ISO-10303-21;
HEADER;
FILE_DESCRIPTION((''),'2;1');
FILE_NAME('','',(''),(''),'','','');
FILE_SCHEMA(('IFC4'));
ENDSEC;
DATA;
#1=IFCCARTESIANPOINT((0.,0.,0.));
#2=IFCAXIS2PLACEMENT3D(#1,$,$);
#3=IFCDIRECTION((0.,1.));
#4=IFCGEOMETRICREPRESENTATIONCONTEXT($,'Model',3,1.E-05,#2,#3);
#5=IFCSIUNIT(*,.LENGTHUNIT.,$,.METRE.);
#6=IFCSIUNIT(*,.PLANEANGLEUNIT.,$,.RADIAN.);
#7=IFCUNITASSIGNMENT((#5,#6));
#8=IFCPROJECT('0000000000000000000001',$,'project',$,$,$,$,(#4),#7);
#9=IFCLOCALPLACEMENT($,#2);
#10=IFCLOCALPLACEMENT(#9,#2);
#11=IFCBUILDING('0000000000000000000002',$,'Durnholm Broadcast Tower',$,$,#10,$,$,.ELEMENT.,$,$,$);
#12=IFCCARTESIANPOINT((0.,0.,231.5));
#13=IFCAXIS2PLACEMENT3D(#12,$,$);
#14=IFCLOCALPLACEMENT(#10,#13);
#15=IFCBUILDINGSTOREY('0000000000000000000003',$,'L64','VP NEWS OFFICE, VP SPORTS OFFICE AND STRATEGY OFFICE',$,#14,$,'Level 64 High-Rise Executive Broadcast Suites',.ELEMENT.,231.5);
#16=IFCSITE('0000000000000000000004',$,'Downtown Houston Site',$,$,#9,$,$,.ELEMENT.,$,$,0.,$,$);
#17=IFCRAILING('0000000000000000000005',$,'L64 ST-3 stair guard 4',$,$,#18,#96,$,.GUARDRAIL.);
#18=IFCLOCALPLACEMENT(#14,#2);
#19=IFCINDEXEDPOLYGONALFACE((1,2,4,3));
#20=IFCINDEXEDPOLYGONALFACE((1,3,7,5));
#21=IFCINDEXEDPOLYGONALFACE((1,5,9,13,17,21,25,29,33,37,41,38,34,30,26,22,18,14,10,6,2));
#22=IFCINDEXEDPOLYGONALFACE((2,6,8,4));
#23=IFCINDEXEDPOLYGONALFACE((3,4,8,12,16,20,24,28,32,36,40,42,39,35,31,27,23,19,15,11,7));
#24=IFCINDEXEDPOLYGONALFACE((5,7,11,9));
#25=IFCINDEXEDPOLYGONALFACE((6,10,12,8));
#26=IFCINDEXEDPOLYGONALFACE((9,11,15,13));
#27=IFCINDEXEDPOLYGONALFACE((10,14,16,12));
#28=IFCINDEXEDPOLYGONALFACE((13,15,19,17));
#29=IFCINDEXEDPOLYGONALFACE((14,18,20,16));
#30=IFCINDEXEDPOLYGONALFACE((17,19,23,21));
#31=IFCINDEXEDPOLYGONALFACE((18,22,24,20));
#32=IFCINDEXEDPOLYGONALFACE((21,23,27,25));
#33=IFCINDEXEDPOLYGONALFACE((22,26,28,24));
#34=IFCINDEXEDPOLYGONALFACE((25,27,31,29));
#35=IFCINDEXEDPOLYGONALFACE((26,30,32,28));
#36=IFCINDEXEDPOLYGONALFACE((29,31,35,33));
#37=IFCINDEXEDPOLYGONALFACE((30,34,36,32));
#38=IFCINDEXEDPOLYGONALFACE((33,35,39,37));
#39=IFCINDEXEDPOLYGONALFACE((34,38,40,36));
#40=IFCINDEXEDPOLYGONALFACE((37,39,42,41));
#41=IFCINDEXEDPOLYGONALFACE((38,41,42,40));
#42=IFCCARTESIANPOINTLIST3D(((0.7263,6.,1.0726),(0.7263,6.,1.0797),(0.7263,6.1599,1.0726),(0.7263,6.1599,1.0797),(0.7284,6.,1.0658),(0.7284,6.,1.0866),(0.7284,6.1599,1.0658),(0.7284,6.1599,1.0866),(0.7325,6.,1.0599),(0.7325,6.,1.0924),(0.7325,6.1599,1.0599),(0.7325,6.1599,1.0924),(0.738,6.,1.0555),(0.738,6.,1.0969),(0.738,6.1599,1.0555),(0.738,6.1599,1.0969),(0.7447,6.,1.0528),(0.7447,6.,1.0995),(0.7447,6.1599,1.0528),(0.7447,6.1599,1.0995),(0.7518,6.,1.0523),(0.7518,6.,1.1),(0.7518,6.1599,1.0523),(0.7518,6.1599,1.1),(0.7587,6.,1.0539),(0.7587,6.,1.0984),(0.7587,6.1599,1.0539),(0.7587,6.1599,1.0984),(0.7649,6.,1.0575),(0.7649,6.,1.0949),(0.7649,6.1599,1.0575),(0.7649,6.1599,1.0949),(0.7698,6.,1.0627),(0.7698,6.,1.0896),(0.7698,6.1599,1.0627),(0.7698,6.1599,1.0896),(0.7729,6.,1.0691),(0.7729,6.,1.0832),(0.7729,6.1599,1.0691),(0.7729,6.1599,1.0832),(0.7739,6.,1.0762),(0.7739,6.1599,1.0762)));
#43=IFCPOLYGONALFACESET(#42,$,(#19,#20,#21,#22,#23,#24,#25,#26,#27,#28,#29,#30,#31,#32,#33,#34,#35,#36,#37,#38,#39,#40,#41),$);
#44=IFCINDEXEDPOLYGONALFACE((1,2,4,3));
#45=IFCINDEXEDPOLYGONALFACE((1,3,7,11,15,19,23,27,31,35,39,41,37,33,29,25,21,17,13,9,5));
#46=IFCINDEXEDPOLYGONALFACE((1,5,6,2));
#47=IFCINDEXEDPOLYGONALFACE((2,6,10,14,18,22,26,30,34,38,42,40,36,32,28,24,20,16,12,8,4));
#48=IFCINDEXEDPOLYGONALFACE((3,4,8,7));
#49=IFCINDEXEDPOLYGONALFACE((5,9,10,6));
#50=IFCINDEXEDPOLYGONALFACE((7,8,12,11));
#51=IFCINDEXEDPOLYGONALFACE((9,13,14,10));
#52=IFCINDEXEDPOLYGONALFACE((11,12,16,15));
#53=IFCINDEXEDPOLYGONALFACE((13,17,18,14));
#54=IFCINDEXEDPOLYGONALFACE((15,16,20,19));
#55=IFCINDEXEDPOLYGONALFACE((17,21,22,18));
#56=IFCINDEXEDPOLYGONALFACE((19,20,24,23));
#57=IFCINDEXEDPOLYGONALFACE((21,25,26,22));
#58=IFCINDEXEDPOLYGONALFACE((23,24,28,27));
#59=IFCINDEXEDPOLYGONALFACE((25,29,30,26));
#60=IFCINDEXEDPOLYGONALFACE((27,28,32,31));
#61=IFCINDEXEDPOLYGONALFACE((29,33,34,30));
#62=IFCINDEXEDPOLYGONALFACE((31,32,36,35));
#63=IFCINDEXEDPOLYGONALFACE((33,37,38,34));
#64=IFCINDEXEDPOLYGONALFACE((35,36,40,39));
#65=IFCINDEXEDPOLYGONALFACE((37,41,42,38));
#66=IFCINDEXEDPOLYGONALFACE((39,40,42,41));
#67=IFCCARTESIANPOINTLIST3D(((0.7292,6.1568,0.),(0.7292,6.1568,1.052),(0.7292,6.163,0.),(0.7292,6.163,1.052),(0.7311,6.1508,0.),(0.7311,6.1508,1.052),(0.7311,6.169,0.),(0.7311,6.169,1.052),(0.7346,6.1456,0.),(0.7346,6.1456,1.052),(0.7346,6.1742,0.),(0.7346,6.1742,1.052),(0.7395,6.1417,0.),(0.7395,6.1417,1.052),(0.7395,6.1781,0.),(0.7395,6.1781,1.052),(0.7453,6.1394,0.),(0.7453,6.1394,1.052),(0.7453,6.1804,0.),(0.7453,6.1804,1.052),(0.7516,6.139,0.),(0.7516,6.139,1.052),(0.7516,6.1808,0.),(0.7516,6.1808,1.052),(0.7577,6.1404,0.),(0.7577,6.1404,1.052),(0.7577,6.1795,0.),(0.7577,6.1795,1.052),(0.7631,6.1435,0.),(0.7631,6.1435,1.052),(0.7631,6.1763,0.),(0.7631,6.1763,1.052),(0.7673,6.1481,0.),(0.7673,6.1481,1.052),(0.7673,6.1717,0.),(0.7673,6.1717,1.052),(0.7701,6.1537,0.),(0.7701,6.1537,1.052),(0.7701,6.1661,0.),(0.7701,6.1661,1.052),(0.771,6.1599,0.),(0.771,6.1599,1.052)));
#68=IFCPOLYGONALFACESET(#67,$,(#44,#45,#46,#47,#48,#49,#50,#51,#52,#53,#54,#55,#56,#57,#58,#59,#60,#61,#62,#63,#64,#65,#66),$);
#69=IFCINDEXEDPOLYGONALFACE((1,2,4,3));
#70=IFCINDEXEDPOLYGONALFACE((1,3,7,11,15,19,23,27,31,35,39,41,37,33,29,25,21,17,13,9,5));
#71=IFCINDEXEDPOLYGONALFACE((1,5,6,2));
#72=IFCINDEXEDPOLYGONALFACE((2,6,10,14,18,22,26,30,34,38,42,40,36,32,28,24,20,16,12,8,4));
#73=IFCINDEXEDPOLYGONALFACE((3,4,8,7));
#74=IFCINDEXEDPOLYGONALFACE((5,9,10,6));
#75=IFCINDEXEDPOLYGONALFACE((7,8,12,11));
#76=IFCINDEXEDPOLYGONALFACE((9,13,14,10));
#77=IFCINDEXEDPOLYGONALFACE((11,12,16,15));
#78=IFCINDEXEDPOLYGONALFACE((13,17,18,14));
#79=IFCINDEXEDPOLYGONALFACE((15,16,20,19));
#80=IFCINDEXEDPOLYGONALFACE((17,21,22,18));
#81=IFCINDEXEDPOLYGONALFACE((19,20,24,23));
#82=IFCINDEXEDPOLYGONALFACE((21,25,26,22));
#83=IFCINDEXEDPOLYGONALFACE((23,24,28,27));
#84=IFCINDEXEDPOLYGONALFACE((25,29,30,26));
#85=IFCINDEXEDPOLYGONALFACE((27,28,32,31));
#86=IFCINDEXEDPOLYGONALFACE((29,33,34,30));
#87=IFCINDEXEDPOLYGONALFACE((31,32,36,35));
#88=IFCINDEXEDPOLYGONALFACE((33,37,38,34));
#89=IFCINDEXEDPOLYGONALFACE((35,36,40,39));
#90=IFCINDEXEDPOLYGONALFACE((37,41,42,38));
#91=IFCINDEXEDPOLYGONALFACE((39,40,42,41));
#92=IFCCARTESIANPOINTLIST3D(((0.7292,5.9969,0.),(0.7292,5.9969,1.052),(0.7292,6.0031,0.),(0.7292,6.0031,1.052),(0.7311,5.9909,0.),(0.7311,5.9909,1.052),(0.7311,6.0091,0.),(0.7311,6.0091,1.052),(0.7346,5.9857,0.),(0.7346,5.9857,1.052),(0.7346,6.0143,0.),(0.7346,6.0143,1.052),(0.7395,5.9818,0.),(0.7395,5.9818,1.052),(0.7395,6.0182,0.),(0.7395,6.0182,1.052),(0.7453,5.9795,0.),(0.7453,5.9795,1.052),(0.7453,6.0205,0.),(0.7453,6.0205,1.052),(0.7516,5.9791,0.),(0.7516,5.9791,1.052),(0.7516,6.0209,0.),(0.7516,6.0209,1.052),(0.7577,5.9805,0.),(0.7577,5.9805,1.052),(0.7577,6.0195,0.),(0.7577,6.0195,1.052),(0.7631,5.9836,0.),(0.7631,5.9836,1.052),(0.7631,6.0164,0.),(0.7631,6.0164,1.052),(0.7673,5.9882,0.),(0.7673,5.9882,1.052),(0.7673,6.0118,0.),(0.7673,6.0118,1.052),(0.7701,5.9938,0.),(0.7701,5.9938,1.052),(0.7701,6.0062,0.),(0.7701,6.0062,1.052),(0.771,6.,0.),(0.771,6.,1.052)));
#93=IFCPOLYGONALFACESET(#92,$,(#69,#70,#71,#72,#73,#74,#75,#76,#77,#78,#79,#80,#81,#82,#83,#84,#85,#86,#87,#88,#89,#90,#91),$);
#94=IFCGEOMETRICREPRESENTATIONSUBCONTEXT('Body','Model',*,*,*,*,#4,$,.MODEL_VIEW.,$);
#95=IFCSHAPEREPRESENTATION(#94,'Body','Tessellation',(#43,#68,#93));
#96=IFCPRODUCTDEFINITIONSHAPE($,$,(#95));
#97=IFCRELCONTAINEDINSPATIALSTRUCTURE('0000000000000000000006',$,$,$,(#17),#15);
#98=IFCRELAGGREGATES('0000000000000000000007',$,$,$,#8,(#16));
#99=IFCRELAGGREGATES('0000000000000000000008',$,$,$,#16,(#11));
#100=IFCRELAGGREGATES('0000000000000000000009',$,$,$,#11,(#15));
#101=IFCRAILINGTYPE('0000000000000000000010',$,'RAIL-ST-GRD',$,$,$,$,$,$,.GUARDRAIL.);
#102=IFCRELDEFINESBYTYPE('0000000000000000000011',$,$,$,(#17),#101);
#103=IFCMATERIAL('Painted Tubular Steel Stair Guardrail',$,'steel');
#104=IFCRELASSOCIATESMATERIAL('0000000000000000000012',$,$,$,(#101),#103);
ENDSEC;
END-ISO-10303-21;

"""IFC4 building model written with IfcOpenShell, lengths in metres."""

from ifc_helpers import new_model, si_unit, direction, frame, origin, origin_2d, place, context, subcontext, project, spatial, circle, extrude, material, type_object, element, save


model = new_model("IFC4")

# Units and contexts
model_context = context("Model", 3, precision=1e-05, world=origin(), true_north=direction((0.0, 1.0)))
body_context = subcontext(model_context, "Body", "Model", "MODEL_VIEW")
ifc_project = project(units=[si_unit("LENGTHUNIT", "METRE"), si_unit("PLANEANGLEUNIT", "RADIAN")], contexts=[model_context])

# Site, building, storey
site_placement = place(None, origin())
site = spatial("IfcSite", under=ifc_project, at=site_placement, Name="Downtown Houston Site", CompositionType="ELEMENT", RefElevation=0.0)
building_placement = place(site_placement, origin())
building = spatial("IfcBuilding", under=site, at=building_placement, Name="Durnholm Broadcast Tower", CompositionType="ELEMENT")
storey_placement = place(building_placement, frame((0.0, 0.0, 231.5)))
storey = spatial("IfcBuildingStorey", under=building, at=storey_placement, Name="L64", Description="VP NEWS OFFICE, VP SPORTS OFFICE AND STRATEGY OFFICE", LongName="Level 64 High-Rise Executive Broadcast Suites", CompositionType="ELEMENT", Elevation=231.5)

# Railing
ifc_material_1 = material(Name="Painted Tubular Steel Stair Guardrail", Category="steel")
railing_type = type_object("IfcRailingType", Name="RAIL-ST-GRD", PredefinedType="GUARDRAIL", material=ifc_material_1)
railing_1_placement = place(storey_placement, frame((0.75, 6.1599, 0.0)))
element("IfcRailing", 1, at=railing_1_placement, inside=storey, type_object=railing_type, Name="L64 ST-3 stair guard 4", PredefinedType="GUARDRAIL", context=body_context, shape_type="SweptSolid", body=[
    extrude(circle(Radius=0.0239, at=origin_2d()), frame((0.0, 0.0, 1.0762), z_axis=(0.0, -1.0, 0.0), x_axis=(1.0, 0.0, 0.0)), (0.0, 0.0, 1.0), 0.1599),
    extrude(circle(Radius=0.021, at=origin_2d()), origin(), (0.0, 0.0, 1.0), 1.052),
    extrude(circle(Radius=0.021, at=origin_2d()), frame((0.0, -0.1599, 0.0)), (0.0, 0.0, 1.0), 1.052),
])

save(model, "model.ifc")
